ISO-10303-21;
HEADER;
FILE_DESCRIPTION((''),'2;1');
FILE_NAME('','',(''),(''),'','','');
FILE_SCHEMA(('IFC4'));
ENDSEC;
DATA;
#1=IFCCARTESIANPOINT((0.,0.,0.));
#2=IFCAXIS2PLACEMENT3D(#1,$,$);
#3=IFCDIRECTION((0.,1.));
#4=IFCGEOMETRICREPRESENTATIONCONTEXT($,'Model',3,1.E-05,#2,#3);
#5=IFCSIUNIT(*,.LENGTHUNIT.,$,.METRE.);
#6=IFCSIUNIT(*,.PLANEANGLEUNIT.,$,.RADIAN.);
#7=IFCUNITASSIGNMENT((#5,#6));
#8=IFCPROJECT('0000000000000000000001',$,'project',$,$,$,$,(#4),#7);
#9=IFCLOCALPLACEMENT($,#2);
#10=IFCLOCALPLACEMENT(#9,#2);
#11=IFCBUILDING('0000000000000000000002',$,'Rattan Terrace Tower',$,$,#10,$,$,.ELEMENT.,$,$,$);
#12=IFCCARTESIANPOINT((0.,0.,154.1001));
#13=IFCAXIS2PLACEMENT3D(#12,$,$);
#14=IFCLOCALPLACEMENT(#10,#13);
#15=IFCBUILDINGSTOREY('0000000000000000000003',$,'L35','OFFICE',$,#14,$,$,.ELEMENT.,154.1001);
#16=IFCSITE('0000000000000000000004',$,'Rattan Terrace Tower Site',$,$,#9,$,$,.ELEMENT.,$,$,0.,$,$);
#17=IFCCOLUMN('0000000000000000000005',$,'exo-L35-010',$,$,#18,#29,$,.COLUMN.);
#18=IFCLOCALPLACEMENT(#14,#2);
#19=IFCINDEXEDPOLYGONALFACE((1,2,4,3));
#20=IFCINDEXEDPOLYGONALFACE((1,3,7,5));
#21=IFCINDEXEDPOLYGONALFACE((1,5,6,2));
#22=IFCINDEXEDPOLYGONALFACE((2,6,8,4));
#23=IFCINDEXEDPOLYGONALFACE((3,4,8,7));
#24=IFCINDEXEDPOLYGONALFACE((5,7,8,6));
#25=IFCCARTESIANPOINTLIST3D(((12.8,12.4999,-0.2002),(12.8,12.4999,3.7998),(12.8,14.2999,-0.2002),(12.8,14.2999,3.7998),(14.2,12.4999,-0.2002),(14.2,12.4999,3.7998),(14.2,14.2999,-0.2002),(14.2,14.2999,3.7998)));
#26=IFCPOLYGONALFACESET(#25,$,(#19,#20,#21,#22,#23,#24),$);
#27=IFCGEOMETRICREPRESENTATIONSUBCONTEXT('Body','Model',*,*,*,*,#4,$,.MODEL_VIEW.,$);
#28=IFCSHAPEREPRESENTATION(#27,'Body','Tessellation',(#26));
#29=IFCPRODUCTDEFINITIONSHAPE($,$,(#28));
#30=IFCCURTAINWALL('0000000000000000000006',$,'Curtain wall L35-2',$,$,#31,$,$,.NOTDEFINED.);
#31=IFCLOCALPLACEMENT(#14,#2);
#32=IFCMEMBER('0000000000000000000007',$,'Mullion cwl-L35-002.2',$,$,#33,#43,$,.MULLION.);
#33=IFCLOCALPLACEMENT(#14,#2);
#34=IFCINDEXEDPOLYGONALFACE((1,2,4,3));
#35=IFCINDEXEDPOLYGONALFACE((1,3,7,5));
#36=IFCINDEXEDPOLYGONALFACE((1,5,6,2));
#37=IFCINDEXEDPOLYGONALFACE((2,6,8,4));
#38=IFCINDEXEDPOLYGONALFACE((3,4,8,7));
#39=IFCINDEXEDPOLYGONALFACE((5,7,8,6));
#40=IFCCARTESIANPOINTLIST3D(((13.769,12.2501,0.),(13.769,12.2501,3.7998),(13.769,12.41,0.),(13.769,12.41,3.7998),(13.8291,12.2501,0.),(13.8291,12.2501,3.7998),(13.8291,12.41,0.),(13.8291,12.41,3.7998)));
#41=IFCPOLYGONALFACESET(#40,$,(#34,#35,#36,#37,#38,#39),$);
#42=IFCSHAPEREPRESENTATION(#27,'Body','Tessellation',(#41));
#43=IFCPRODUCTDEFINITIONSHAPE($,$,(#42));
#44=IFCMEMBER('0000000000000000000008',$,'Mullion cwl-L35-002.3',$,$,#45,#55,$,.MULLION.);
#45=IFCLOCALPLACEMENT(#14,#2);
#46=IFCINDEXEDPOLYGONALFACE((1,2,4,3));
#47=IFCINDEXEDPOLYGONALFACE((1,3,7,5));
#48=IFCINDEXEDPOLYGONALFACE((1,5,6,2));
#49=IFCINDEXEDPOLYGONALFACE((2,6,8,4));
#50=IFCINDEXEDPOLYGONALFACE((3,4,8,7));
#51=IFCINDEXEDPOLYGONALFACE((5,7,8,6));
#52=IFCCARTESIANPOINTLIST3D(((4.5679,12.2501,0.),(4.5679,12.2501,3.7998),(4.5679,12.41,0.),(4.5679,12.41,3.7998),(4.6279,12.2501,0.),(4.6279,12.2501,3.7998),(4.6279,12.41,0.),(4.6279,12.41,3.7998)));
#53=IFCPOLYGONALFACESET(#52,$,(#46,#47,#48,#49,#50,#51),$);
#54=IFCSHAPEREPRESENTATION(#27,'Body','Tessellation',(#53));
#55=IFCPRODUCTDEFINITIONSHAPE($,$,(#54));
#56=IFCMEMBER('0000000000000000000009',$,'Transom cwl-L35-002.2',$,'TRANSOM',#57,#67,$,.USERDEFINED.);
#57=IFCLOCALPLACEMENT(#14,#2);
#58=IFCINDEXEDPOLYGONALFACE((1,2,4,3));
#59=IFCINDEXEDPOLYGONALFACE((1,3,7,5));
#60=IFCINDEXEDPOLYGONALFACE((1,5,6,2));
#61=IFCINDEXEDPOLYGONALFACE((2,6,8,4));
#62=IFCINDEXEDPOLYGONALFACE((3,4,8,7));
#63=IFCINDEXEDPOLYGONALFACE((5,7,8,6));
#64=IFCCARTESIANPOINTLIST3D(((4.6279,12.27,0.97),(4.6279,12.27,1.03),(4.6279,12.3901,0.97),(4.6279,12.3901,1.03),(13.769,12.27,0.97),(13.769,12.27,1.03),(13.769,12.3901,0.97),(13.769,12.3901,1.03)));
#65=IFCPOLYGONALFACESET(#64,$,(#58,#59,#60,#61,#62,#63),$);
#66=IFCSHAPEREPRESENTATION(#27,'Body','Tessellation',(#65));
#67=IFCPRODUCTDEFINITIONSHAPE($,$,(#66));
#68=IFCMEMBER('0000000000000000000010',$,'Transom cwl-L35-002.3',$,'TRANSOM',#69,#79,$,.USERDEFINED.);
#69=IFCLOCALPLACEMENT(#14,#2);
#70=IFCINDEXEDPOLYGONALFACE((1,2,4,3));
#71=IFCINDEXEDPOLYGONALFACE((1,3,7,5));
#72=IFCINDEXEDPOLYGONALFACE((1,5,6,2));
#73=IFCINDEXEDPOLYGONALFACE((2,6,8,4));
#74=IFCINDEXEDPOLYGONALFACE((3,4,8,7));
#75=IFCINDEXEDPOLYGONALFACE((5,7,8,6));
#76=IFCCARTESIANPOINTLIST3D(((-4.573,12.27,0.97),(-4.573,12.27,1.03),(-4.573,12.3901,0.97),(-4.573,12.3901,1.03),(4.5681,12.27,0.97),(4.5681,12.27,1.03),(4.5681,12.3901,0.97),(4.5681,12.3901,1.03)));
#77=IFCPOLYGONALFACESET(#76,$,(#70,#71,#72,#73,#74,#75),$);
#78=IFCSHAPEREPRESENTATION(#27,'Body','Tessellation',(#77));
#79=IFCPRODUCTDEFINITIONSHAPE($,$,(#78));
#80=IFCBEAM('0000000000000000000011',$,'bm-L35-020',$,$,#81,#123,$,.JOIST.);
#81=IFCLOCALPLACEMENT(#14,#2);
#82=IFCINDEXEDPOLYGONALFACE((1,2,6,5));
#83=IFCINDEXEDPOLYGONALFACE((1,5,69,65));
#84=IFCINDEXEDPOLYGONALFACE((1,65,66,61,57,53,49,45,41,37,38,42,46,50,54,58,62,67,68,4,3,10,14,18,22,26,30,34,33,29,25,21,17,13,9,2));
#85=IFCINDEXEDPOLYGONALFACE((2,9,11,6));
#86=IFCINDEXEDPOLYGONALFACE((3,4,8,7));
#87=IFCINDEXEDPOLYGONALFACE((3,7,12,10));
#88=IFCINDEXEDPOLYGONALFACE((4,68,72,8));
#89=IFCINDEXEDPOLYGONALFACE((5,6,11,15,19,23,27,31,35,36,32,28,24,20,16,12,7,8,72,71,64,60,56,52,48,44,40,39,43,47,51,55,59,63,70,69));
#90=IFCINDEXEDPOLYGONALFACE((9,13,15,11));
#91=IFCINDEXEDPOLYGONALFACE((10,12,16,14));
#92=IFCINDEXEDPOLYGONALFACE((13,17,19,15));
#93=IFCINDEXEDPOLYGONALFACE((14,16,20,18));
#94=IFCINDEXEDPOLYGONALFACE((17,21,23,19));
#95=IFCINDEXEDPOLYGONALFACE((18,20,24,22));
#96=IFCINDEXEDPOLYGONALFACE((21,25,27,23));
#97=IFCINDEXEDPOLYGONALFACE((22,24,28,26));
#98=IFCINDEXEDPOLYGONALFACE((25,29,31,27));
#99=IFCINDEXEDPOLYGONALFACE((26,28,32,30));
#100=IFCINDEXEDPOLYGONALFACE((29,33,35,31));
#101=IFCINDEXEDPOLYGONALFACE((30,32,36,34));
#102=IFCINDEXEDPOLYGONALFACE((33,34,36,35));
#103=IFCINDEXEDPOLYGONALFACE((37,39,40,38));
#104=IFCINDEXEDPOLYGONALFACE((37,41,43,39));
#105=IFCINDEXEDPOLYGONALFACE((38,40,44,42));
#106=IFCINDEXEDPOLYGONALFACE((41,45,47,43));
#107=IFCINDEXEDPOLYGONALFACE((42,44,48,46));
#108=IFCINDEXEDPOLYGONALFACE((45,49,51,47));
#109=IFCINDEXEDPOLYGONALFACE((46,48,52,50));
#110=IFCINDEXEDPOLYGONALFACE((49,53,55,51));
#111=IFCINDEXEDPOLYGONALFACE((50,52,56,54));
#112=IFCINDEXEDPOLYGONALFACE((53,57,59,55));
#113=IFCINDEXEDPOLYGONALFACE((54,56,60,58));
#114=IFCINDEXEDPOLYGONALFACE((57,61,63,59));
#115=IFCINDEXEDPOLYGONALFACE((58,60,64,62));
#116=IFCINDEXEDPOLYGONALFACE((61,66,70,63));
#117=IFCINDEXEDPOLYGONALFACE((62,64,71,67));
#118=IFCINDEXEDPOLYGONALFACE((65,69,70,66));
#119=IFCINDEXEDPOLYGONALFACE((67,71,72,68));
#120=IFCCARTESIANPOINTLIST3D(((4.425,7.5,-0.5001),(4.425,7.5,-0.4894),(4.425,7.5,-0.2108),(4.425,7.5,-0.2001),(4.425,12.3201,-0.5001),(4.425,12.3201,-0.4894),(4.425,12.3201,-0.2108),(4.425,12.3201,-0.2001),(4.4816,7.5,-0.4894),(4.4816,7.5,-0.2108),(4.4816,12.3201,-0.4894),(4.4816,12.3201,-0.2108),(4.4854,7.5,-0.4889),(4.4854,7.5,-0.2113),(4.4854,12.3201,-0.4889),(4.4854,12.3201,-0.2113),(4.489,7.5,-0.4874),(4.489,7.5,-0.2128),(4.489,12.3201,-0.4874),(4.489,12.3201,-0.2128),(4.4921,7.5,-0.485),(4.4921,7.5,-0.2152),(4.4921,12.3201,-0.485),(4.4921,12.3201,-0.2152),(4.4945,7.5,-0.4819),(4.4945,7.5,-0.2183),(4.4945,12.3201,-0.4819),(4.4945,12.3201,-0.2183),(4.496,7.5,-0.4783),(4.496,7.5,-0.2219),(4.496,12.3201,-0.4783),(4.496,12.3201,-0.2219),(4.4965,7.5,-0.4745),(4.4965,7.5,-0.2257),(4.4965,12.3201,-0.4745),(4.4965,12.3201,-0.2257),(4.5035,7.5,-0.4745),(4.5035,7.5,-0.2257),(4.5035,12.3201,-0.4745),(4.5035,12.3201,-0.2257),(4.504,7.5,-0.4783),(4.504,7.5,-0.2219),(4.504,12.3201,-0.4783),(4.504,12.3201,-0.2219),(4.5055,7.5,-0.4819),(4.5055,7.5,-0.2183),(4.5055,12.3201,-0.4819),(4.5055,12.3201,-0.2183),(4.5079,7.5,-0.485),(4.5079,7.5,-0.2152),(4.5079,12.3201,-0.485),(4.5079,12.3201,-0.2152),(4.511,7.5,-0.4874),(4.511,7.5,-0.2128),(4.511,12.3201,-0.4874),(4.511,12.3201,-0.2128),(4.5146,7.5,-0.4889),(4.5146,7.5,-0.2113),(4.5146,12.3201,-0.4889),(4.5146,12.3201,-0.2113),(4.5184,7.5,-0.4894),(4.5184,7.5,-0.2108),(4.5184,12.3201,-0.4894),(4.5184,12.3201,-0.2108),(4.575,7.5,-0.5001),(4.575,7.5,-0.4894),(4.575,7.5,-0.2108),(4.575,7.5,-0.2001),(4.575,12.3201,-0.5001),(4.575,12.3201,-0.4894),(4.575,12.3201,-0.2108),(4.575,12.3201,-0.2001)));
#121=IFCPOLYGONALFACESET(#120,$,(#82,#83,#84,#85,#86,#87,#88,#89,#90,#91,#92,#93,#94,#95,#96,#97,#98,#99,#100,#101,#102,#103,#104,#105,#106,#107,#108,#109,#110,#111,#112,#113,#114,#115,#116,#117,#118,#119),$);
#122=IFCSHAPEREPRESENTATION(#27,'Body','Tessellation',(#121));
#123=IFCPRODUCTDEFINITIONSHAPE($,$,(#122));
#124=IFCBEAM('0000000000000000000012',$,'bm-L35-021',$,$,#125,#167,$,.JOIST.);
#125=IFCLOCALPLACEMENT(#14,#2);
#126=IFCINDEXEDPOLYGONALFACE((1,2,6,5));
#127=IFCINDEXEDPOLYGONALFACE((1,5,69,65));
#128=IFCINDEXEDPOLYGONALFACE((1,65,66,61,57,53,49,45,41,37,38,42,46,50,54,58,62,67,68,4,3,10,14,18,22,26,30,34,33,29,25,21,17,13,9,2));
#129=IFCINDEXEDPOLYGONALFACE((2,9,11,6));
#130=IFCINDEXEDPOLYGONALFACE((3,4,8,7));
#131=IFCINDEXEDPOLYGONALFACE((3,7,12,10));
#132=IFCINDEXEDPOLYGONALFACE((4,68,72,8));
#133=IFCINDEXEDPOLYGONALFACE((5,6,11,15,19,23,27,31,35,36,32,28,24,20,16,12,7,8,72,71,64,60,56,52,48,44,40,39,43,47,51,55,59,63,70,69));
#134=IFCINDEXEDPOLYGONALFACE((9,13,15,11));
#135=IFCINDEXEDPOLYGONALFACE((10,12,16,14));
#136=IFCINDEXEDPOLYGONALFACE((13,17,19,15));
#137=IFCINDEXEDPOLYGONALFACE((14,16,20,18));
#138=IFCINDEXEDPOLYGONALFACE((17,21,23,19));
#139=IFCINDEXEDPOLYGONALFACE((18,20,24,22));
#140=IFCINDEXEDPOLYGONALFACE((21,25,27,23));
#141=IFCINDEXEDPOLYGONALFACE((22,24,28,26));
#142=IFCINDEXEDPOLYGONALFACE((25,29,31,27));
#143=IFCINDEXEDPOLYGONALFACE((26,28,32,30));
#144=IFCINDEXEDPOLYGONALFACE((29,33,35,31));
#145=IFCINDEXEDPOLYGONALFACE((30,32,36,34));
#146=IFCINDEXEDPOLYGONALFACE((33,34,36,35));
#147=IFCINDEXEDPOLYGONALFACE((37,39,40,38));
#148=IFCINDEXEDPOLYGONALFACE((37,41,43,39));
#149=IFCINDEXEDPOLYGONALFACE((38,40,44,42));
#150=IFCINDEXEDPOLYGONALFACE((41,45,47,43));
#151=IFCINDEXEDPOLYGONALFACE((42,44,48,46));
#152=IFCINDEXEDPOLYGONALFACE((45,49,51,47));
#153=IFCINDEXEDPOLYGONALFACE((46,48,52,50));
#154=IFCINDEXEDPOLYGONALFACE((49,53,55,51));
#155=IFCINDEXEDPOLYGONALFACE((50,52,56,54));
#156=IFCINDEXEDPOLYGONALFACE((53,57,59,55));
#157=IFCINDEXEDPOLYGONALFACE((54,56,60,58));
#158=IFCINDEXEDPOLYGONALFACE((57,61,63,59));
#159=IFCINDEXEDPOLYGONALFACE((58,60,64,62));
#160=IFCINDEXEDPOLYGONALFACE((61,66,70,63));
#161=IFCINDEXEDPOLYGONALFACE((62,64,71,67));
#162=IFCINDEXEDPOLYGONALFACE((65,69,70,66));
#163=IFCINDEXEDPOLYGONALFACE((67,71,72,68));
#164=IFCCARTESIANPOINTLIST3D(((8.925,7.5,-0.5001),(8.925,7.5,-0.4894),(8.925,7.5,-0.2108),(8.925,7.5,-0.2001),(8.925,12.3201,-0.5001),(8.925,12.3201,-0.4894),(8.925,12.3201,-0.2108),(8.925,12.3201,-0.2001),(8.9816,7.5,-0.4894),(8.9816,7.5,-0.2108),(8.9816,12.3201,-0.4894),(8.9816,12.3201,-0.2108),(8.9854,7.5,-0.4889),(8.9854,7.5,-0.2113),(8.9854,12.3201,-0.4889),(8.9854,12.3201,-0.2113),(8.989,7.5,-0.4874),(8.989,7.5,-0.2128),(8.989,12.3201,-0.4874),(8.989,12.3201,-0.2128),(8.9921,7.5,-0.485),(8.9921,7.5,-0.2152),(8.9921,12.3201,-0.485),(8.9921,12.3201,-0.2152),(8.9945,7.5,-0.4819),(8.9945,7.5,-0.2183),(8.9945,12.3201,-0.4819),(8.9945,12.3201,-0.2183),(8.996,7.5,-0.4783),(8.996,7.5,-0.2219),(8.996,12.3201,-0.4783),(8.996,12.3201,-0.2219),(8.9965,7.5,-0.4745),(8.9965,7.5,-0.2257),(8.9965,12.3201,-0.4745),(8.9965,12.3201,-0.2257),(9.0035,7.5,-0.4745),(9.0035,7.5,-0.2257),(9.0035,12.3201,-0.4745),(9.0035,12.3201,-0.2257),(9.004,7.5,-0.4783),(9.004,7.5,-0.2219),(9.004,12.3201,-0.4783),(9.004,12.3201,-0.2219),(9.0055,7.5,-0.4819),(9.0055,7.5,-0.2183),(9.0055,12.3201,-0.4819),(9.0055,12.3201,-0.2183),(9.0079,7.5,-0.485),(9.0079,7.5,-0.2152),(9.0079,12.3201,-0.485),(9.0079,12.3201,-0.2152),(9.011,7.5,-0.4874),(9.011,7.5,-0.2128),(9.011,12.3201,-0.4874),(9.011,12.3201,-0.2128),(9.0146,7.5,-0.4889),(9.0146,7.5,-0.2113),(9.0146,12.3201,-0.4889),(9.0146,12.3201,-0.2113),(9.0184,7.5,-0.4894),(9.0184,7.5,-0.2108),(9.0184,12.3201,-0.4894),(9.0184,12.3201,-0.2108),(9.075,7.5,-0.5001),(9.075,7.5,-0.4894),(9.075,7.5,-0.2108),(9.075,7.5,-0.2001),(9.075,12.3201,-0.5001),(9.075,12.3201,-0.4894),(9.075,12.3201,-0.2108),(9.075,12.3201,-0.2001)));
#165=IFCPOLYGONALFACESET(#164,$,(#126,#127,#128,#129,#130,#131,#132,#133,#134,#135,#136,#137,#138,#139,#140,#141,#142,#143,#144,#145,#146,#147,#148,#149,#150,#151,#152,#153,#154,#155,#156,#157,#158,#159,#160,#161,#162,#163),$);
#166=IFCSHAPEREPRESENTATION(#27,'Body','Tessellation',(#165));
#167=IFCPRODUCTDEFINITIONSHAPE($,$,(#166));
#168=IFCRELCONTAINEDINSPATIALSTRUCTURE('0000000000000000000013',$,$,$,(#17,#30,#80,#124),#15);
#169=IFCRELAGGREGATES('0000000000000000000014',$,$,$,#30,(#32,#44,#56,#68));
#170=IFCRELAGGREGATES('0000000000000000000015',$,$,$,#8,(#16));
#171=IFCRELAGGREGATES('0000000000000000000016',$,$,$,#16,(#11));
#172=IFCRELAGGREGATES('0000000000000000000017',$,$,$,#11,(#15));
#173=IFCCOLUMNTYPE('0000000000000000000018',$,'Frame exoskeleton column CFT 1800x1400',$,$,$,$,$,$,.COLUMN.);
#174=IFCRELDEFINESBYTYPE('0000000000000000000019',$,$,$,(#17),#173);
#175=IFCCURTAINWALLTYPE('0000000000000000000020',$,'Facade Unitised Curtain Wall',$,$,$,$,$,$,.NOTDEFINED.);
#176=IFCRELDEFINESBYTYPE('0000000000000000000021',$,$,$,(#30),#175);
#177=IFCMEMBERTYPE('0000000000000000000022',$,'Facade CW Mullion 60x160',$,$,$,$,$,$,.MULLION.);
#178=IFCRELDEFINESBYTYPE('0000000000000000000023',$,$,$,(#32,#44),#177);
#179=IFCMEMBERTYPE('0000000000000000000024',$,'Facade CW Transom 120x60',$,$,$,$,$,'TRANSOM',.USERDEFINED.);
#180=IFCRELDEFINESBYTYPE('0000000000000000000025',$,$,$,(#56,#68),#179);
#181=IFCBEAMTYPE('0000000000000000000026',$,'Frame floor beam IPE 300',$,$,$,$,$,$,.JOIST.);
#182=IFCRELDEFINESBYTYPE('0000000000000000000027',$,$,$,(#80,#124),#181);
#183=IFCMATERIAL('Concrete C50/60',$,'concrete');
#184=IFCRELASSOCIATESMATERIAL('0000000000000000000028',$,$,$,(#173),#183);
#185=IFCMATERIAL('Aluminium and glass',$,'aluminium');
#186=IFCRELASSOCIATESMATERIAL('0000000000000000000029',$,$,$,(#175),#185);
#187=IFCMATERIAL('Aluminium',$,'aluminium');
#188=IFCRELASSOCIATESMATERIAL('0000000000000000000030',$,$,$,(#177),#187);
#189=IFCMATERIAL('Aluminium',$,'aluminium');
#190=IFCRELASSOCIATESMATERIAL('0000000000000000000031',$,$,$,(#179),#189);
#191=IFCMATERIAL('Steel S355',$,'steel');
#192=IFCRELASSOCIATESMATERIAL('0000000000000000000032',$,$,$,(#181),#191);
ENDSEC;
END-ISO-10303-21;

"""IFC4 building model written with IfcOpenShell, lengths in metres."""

from ifc_helpers import new_model, si_unit, direction, frame, origin, origin_2d, place, context, subcontext, project, spatial, rectangle, i_section, extrude, material, material_profile, profile_set, type_object, element, aggregate, save


model = new_model("IFC4")

# Units and contexts
model_context = context("Model", 3, precision=1e-05, world=origin(), true_north=direction((0.0, 1.0)))
body_context = subcontext(model_context, "Body", "Model", "MODEL_VIEW")
ifc_project = project(units=[si_unit("LENGTHUNIT", "METRE"), si_unit("PLANEANGLEUNIT", "RADIAN")], contexts=[model_context])

# Site, building, storey
site_placement = place(None, origin())
site = spatial("IfcSite", under=ifc_project, at=site_placement, Name="Rattan Terrace Tower Site", CompositionType="ELEMENT", RefElevation=0.0)
building_placement = place(site_placement, origin())
building = spatial("IfcBuilding", under=site, at=building_placement, Name="Rattan Terrace Tower", CompositionType="ELEMENT")
storey_placement = place(building_placement, frame((0.0, 0.0, 154.1001)))
storey = spatial("IfcBuildingStorey", under=building, at=storey_placement, Name="L35", Description="OFFICE", CompositionType="ELEMENT", Elevation=154.1001)

# Column
ifc_material_1 = material(Name="Concrete C50/60", Category="concrete")
ifc_material_profile_1 = material_profile(ifc_material_1, rectangle(XDim=1.3999, YDim=1.8, at=origin_2d()), Name="CFT 1800x1400")
ifc_profile_set_1 = profile_set([ifc_material_profile_1], Name="Concrete C50/60")
column_type = type_object("IfcColumnType", Name="Frame exoskeleton column CFT 1800x1400", PredefinedType="COLUMN", material=ifc_profile_set_1)
column_placement = place(storey_placement, frame((13.5, 13.3999, -0.2002), z_axis=(0.0, 0.0, 1.0), x_axis=(1.0, 0.0, 0.0)))
element("IfcColumn", 1, at=column_placement, inside=storey, type_object=column_type, Name="exo-L35-010", PredefinedType="COLUMN", context=body_context, shape_type="SweptSolid", body=[
    extrude(rectangle(XDim=1.3999, YDim=1.8, at=origin_2d()), origin(), (0.0, 0.0, 1.0), 4.0),
])

# Curtain wall, members
ifc_material_2 = material(Name="Aluminium and glass", Category="aluminium")
curtain_wall_type = type_object("IfcCurtainWallType", Name="Facade Unitised Curtain Wall", PredefinedType="NOTDEFINED", material=ifc_material_2)
curtain_wall_placement = place(storey_placement, origin())
curtain_wall = element("IfcCurtainWall", 2, at=curtain_wall_placement, inside=storey, type_object=curtain_wall_type, Name="Curtain wall L35-2", PredefinedType="NOTDEFINED")
ifc_material_3 = material(Name="Aluminium", Category="aluminium")
ifc_material_profile_2 = material_profile(ifc_material_3, rectangle(XDim=0.0601, YDim=0.1599, at=origin_2d()), Name="Aluminium 60x160")
ifc_profile_set_2 = profile_set([ifc_material_profile_2], Name="Aluminium")
member_type_1 = type_object("IfcMemberType", Name="Facade CW Mullion 60x160", PredefinedType="MULLION", material=ifc_profile_set_2)
member_1_placement = place(storey_placement, frame((13.7991, 12.3301, 0.0), z_axis=(0.0, 0.0, 1.0), x_axis=(-1.0, 0.0, 0.0)))
member_1 = element("IfcMember", 3, at=member_1_placement, type_object=member_type_1, Name="Mullion cwl-L35-002.2", PredefinedType="MULLION", context=body_context, shape_type="SweptSolid", body=[
    extrude(rectangle(XDim=0.0601, YDim=0.1599, at=origin_2d()), origin(), (0.0, 0.0, 1.0), 3.7998),
])
member_2_placement = place(storey_placement, frame((4.5979, 12.3301, 0.0), z_axis=(0.0, 0.0, 1.0), x_axis=(-1.0, 0.0, 0.0)))
member_2 = element("IfcMember", 4, at=member_2_placement, type_object=member_type_1, Name="Mullion cwl-L35-002.3", PredefinedType="MULLION", context=body_context, shape_type="SweptSolid", body=[
    extrude(rectangle(XDim=0.0601, YDim=0.1599, at=origin_2d()), origin(), (0.0, 0.0, 1.0), 3.7998),
])
ifc_material_4 = material(Name="Aluminium", Category="aluminium")
ifc_material_profile_3 = material_profile(ifc_material_4, rectangle(XDim=0.1201, YDim=0.0601, at=origin_2d()), Name="Aluminium 120x60")
ifc_profile_set_3 = profile_set([ifc_material_profile_3], Name="Aluminium")
member_type_2 = type_object("IfcMemberType", Name="Facade CW Transom 120x60", ElementType="TRANSOM", PredefinedType="USERDEFINED", material=ifc_profile_set_3)
member_3_placement = place(storey_placement, frame((13.769, 12.3301, 1.0), z_axis=(-1.0, 0.0, 0.0), x_axis=(0.0, -1.0, 0.0)))
member_3 = element("IfcMember", 5, at=member_3_placement, type_object=member_type_2, Name="Transom cwl-L35-002.2", ObjectType="TRANSOM", PredefinedType="USERDEFINED", context=body_context, shape_type="SweptSolid", body=[
    extrude(rectangle(XDim=0.1201, YDim=0.0601, at=origin_2d()), origin(), (0.0, 0.0, 1.0), 9.1411),
])
member_4_placement = place(storey_placement, frame((4.5681, 12.3301, 1.0), z_axis=(-1.0, 0.0, 0.0), x_axis=(0.0, -1.0, 0.0)))
member_4 = element("IfcMember", 6, at=member_4_placement, type_object=member_type_2, Name="Transom cwl-L35-002.3", ObjectType="TRANSOM", PredefinedType="USERDEFINED", context=body_context, shape_type="SweptSolid", body=[
    extrude(rectangle(XDim=0.1201, YDim=0.0601, at=origin_2d()), origin(), (0.0, 0.0, 1.0), 9.1411),
])

# Beams
ifc_material_5 = material(Name="Steel S355", Category="steel")
ifc_material_profile_4 = material_profile(ifc_material_5, i_section(OverallWidth=0.1499, OverallDepth=0.3, WebThickness=0.0071, FlangeThickness=0.0107, FilletRadius=0.0149, at=origin_2d()), Name="IPE 300")
ifc_profile_set_4 = profile_set([ifc_material_profile_4], Name="Steel S355")
beam_type = type_object("IfcBeamType", Name="Frame floor beam IPE 300", PredefinedType="JOIST", material=ifc_profile_set_4)
for number, where, z_axis, x_axis, name in (
    (7, (4.5, 7.5, -0.3501), (0.0, 1.0, 0.0), (-1.0, 0.0, 0.0), "bm-L35-020"),
    (8, (9.0, 7.5, -0.3501), (0.0, 1.0, 0.0), (-1.0, 0.0, 0.0), "bm-L35-021"),
):
    element("IfcBeam", number, at=place(storey_placement, frame(where, z_axis=z_axis, x_axis=x_axis)), inside=storey, type_object=beam_type, Name=name, PredefinedType="JOIST", context=body_context, shape_type="SweptSolid", body=[
        extrude(i_section(OverallWidth=0.1499, OverallDepth=0.3, WebThickness=0.0071, FlangeThickness=0.0107, FilletRadius=0.0149, at=origin_2d()), origin(), (0.0, 0.0, 1.0), 4.8201),
    ])

aggregate(curtain_wall, [member_1, member_2, member_3, member_4])

save(model, "model.ifc")
